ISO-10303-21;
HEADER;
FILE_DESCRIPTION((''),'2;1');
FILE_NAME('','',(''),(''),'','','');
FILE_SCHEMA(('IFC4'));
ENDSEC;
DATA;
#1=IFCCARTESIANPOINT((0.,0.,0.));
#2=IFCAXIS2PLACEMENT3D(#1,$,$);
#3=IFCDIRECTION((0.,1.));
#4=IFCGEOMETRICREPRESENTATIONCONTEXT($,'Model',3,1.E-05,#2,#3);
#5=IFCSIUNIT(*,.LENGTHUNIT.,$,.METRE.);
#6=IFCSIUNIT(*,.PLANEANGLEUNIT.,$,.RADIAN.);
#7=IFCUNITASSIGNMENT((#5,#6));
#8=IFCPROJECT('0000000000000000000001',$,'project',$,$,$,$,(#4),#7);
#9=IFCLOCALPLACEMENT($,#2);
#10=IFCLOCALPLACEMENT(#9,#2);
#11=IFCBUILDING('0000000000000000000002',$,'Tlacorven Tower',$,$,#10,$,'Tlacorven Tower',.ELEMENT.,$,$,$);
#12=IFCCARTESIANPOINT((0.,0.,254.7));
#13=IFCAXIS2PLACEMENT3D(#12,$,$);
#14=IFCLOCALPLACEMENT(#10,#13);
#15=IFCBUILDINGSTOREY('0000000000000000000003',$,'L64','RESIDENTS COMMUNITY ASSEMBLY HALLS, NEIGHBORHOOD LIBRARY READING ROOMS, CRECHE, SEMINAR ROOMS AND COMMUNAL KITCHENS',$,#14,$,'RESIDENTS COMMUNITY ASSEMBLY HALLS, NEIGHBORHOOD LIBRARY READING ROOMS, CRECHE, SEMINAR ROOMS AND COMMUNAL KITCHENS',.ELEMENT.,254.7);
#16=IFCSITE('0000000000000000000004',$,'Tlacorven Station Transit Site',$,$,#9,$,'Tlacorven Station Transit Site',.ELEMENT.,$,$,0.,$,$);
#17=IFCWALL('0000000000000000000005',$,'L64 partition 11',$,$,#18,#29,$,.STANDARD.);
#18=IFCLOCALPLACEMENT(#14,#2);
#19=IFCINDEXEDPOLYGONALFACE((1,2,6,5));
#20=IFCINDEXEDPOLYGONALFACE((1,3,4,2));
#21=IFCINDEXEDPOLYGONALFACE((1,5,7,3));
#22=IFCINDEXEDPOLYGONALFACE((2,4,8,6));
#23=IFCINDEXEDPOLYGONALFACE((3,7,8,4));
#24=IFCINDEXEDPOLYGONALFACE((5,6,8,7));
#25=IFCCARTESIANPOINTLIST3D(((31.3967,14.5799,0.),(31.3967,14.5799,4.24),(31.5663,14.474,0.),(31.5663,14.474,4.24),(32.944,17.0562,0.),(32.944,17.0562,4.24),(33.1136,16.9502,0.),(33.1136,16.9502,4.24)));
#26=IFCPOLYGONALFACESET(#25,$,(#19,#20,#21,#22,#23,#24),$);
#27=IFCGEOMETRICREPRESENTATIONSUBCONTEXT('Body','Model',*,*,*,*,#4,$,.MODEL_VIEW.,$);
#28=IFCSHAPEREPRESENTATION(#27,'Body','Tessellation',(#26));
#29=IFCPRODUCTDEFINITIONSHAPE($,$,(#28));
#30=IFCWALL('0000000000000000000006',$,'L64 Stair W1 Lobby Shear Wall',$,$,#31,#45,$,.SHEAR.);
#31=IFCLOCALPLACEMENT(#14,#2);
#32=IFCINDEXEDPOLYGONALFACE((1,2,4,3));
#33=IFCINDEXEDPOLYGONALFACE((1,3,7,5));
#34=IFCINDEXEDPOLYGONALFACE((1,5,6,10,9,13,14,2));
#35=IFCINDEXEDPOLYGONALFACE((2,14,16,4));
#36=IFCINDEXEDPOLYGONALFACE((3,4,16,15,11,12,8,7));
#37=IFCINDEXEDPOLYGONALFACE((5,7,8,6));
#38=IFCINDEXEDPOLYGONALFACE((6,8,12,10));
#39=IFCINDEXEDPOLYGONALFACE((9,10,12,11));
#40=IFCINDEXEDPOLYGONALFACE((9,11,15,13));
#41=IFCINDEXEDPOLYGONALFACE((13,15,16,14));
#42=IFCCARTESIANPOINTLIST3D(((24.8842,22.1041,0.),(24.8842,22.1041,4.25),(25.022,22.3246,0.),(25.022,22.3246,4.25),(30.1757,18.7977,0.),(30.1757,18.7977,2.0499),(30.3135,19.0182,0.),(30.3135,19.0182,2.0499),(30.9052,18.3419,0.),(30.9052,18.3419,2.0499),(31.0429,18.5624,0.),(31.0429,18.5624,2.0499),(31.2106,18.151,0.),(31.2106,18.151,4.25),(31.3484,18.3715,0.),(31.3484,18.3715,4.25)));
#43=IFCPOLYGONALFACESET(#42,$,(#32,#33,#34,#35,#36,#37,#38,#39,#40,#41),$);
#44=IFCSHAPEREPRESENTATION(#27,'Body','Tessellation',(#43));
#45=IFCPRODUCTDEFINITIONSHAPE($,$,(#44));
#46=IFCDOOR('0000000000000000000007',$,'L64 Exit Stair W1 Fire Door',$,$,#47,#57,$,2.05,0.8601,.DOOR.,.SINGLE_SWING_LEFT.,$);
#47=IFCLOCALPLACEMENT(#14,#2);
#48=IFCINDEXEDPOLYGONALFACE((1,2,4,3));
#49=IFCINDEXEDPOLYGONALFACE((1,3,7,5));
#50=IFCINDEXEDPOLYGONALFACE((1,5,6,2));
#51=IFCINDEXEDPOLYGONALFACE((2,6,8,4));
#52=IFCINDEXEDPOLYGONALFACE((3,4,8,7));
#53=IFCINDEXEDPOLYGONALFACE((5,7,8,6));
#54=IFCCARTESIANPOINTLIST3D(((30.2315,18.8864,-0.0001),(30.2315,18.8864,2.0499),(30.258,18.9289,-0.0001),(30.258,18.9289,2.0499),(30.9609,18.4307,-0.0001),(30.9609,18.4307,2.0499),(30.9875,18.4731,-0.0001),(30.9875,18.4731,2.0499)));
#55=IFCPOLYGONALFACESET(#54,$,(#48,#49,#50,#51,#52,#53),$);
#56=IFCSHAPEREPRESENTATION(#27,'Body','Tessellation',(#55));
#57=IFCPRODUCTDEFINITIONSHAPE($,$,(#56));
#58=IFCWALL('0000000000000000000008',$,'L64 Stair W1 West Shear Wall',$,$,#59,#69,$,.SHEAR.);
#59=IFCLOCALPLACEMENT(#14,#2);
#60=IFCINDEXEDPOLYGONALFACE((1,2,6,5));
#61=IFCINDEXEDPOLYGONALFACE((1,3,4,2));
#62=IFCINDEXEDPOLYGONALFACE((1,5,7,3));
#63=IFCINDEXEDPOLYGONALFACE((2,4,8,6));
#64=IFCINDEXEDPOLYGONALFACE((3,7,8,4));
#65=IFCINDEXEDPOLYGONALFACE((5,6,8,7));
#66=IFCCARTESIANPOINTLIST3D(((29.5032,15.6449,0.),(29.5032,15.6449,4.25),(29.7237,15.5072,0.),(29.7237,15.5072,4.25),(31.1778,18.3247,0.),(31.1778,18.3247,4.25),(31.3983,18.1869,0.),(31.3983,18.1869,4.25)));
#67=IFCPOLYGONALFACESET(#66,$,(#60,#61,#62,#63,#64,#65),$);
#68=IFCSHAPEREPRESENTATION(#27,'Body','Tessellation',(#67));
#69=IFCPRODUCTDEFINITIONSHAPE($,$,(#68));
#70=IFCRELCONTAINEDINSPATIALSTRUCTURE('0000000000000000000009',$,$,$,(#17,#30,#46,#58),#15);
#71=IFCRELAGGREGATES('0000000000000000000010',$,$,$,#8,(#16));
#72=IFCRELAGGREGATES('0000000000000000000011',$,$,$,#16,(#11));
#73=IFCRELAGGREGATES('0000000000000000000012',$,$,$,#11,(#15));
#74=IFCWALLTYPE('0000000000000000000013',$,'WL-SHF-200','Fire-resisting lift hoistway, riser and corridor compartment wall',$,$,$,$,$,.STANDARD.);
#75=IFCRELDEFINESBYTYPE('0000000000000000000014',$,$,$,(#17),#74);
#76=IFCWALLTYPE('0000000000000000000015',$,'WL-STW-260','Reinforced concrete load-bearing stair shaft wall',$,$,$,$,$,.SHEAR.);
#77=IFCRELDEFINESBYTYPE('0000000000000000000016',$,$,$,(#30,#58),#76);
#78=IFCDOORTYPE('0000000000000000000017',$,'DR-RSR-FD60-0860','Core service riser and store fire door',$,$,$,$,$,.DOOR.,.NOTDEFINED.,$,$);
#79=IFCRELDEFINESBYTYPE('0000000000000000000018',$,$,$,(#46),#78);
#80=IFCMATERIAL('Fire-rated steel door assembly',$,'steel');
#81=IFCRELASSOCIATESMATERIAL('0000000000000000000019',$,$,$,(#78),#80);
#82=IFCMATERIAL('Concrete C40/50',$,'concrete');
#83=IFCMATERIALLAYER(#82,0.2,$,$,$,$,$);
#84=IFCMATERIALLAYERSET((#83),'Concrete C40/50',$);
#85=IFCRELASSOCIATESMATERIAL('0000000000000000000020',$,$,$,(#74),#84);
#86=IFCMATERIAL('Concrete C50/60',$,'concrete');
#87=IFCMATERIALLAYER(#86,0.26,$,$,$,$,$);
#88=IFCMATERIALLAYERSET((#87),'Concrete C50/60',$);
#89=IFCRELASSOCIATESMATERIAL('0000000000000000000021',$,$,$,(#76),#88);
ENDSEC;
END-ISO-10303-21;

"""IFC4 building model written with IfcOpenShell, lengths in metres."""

from ifc_helpers import new_model, si_unit, direction, frame, frame_2d, origin, place, context, subcontext, project, spatial, rectangle, extrude, source, transform, mapped, material, layer, layer_set, type_object, element, fill, save


model = new_model("IFC4")

# Units and contexts
model_context = context("Model", 3, precision=1e-05, world=origin(), true_north=direction((0.0, 1.0)))
body_context = subcontext(model_context, "Body", "Model", "MODEL_VIEW")
ifc_project = project(units=[si_unit("LENGTHUNIT", "METRE"), si_unit("PLANEANGLEUNIT", "RADIAN")], contexts=[model_context])

# Site, building, storey
site_placement = place(None, origin())
site = spatial("IfcSite", under=ifc_project, at=site_placement, Name="Tlacorven Station Transit Site", LongName="Tlacorven Station Transit Site", CompositionType="ELEMENT", RefElevation=0.0)
building_placement = place(site_placement, origin())
building = spatial("IfcBuilding", under=site, at=building_placement, Name="Tlacorven Tower", LongName="Tlacorven Tower", CompositionType="ELEMENT")
storey_placement = place(building_placement, frame((0.0, 0.0, 254.7)))
storey = spatial("IfcBuildingStorey", under=building, at=storey_placement, Name="L64", Description="RESIDENTS COMMUNITY ASSEMBLY HALLS, NEIGHBORHOOD LIBRARY READING ROOMS, CRECHE, SEMINAR ROOMS AND COMMUNAL KITCHENS", LongName="RESIDENTS COMMUNITY ASSEMBLY HALLS, NEIGHBORHOOD LIBRARY READING ROOMS, CRECHE, SEMINAR ROOMS AND COMMUNAL KITCHENS", CompositionType="ELEMENT", Elevation=254.7)

# Shared definitions
ifc_material_1 = material(Name="Concrete C50/60", Category="concrete")

# Shared definitions
ifc_material_2 = material(Name="Fire-rated steel door assembly", Category="steel")
door_type_1 = type_object("IfcDoorType", Name="DR-RSR-FD60-0860", Description="Core service riser and store fire door", OperationType="NOTDEFINED", PredefinedType="DOOR", material=ifc_material_2)
shared_shape_1 = source(origin(), body_context, "Body", "SweptSolid", [
    extrude(rectangle(XDim=0.8601, YDim=2.05, at=frame_2d((0.4302, 1.0249))), frame((0.0, 0.0249, 0.0), z_axis=(0.0, -1.0, 0.0), x_axis=(1.0, 0.0, 0.0)), (0.0, 0.0, 1.0), 0.05),
])

# Wall
ifc_material_3 = material(Name="Concrete C40/50", Category="concrete")
ifc_layer_1 = layer(ifc_material_3, 0.2)
ifc_layer_set_1 = layer_set([ifc_layer_1], Name="Concrete C40/50")
wall_type_1 = type_object("IfcWallType", Name="WL-SHF-200", Description="Fire-resisting lift hoistway, riser and corridor compartment wall", PredefinedType="STANDARD", material=ifc_layer_set_1)
wall_1_placement = place(storey_placement, frame((33.0288, 17.0032, 0.0), z_axis=(0.0, 0.0, 1.0), x_axis=(-0.529916, -0.84805, 0.0)))
element("IfcWall", 1, at=wall_1_placement, inside=storey, type_object=wall_type_1, Name="L64 partition 11", PredefinedType="STANDARD", context=body_context, shape_type="SweptSolid", body=[
    extrude(rectangle(XDim=2.9199, YDim=0.2, at=frame_2d((1.46, 0.0))), origin(), (0.0, 0.0, 1.0), 4.24),
])

# Wall, opening, door
ifc_layer_2 = layer(ifc_material_1, 0.26)
ifc_layer_set_2 = layer_set([ifc_layer_2], Name="Concrete C50/60")
wall_type_2 = type_object("IfcWallType", Name="WL-STW-260", Description="Reinforced concrete load-bearing stair shaft wall", PredefinedType="SHEAR", material=ifc_layer_set_2)
wall_2_placement = place(storey_placement, frame((31.2795, 18.2612, 0.0), z_axis=(0.0, 0.0, 1.0), x_axis=(-0.848052, 0.529914, 0.0)))
wall_2 = element("IfcWall", 2, at=wall_2_placement, inside=storey, type_object=wall_type_2, Name="L64 Stair W1 Lobby Shear Wall", PredefinedType="SHEAR", context=body_context, shape_type="SweptSolid", body=[
    extrude(rectangle(XDim=7.46, YDim=0.26, at=frame_2d((3.73, 0.0))), origin(), (0.0, 0.0, 1.0), 4.25),
])
opening_1_placement = place(wall_2_placement, frame((0.3601, 0.0, 0.0)))
opening_1 = element("IfcOpeningElement", 3, at=opening_1_placement, cuts=wall_2, PredefinedType="OPENING", context=body_context, shape_type="SweptSolid", body=[
    extrude(rectangle(XDim=0.8601, YDim=2.05, at=frame_2d((0.4302, 1.0249))), frame((0.0, 0.1401, 0.0), z_axis=(0.0, -1.0, 0.0), x_axis=(1.0, 0.0, 0.0)), (0.0, 0.0, 1.0), 0.28),
])
door_1_placement = place(opening_1_placement, frame((0.8601, 0.0, 0.0), z_axis=(0.0, 0.0, 1.0), x_axis=(-1.0, 0.0, 0.0)))
door_1 = element("IfcDoor", 4, at=door_1_placement, inside=storey, type_object=door_type_1, Name="L64 Exit Stair W1 Fire Door", OperationType="SINGLE_SWING_LEFT", OverallHeight=2.05, OverallWidth=0.8601, PredefinedType="DOOR", context=body_context, shape_type="MappedRepresentation", body=[
    mapped(shared_shape_1, transform((0.0, 0.0, 0.0), scale=1.0)),
])
fill(opening_1, door_1)

# Wall
wall_3_placement = place(storey_placement, frame((31.2881, 18.2559, 0.0), z_axis=(0.0, 0.0, 1.0), x_axis=(-0.529943, -0.848033, 0.0)))
element("IfcWall", 5, at=wall_3_placement, inside=storey, type_object=wall_type_2, Name="L64 Stair W1 West Shear Wall", PredefinedType="SHEAR", context=body_context, shape_type="SweptSolid", body=[
    extrude(rectangle(XDim=3.1599, YDim=0.26, at=frame_2d((1.5801, 0.0))), origin(), (0.0, 0.0, 1.0), 4.25),
])

save(model, "model.ifc")
